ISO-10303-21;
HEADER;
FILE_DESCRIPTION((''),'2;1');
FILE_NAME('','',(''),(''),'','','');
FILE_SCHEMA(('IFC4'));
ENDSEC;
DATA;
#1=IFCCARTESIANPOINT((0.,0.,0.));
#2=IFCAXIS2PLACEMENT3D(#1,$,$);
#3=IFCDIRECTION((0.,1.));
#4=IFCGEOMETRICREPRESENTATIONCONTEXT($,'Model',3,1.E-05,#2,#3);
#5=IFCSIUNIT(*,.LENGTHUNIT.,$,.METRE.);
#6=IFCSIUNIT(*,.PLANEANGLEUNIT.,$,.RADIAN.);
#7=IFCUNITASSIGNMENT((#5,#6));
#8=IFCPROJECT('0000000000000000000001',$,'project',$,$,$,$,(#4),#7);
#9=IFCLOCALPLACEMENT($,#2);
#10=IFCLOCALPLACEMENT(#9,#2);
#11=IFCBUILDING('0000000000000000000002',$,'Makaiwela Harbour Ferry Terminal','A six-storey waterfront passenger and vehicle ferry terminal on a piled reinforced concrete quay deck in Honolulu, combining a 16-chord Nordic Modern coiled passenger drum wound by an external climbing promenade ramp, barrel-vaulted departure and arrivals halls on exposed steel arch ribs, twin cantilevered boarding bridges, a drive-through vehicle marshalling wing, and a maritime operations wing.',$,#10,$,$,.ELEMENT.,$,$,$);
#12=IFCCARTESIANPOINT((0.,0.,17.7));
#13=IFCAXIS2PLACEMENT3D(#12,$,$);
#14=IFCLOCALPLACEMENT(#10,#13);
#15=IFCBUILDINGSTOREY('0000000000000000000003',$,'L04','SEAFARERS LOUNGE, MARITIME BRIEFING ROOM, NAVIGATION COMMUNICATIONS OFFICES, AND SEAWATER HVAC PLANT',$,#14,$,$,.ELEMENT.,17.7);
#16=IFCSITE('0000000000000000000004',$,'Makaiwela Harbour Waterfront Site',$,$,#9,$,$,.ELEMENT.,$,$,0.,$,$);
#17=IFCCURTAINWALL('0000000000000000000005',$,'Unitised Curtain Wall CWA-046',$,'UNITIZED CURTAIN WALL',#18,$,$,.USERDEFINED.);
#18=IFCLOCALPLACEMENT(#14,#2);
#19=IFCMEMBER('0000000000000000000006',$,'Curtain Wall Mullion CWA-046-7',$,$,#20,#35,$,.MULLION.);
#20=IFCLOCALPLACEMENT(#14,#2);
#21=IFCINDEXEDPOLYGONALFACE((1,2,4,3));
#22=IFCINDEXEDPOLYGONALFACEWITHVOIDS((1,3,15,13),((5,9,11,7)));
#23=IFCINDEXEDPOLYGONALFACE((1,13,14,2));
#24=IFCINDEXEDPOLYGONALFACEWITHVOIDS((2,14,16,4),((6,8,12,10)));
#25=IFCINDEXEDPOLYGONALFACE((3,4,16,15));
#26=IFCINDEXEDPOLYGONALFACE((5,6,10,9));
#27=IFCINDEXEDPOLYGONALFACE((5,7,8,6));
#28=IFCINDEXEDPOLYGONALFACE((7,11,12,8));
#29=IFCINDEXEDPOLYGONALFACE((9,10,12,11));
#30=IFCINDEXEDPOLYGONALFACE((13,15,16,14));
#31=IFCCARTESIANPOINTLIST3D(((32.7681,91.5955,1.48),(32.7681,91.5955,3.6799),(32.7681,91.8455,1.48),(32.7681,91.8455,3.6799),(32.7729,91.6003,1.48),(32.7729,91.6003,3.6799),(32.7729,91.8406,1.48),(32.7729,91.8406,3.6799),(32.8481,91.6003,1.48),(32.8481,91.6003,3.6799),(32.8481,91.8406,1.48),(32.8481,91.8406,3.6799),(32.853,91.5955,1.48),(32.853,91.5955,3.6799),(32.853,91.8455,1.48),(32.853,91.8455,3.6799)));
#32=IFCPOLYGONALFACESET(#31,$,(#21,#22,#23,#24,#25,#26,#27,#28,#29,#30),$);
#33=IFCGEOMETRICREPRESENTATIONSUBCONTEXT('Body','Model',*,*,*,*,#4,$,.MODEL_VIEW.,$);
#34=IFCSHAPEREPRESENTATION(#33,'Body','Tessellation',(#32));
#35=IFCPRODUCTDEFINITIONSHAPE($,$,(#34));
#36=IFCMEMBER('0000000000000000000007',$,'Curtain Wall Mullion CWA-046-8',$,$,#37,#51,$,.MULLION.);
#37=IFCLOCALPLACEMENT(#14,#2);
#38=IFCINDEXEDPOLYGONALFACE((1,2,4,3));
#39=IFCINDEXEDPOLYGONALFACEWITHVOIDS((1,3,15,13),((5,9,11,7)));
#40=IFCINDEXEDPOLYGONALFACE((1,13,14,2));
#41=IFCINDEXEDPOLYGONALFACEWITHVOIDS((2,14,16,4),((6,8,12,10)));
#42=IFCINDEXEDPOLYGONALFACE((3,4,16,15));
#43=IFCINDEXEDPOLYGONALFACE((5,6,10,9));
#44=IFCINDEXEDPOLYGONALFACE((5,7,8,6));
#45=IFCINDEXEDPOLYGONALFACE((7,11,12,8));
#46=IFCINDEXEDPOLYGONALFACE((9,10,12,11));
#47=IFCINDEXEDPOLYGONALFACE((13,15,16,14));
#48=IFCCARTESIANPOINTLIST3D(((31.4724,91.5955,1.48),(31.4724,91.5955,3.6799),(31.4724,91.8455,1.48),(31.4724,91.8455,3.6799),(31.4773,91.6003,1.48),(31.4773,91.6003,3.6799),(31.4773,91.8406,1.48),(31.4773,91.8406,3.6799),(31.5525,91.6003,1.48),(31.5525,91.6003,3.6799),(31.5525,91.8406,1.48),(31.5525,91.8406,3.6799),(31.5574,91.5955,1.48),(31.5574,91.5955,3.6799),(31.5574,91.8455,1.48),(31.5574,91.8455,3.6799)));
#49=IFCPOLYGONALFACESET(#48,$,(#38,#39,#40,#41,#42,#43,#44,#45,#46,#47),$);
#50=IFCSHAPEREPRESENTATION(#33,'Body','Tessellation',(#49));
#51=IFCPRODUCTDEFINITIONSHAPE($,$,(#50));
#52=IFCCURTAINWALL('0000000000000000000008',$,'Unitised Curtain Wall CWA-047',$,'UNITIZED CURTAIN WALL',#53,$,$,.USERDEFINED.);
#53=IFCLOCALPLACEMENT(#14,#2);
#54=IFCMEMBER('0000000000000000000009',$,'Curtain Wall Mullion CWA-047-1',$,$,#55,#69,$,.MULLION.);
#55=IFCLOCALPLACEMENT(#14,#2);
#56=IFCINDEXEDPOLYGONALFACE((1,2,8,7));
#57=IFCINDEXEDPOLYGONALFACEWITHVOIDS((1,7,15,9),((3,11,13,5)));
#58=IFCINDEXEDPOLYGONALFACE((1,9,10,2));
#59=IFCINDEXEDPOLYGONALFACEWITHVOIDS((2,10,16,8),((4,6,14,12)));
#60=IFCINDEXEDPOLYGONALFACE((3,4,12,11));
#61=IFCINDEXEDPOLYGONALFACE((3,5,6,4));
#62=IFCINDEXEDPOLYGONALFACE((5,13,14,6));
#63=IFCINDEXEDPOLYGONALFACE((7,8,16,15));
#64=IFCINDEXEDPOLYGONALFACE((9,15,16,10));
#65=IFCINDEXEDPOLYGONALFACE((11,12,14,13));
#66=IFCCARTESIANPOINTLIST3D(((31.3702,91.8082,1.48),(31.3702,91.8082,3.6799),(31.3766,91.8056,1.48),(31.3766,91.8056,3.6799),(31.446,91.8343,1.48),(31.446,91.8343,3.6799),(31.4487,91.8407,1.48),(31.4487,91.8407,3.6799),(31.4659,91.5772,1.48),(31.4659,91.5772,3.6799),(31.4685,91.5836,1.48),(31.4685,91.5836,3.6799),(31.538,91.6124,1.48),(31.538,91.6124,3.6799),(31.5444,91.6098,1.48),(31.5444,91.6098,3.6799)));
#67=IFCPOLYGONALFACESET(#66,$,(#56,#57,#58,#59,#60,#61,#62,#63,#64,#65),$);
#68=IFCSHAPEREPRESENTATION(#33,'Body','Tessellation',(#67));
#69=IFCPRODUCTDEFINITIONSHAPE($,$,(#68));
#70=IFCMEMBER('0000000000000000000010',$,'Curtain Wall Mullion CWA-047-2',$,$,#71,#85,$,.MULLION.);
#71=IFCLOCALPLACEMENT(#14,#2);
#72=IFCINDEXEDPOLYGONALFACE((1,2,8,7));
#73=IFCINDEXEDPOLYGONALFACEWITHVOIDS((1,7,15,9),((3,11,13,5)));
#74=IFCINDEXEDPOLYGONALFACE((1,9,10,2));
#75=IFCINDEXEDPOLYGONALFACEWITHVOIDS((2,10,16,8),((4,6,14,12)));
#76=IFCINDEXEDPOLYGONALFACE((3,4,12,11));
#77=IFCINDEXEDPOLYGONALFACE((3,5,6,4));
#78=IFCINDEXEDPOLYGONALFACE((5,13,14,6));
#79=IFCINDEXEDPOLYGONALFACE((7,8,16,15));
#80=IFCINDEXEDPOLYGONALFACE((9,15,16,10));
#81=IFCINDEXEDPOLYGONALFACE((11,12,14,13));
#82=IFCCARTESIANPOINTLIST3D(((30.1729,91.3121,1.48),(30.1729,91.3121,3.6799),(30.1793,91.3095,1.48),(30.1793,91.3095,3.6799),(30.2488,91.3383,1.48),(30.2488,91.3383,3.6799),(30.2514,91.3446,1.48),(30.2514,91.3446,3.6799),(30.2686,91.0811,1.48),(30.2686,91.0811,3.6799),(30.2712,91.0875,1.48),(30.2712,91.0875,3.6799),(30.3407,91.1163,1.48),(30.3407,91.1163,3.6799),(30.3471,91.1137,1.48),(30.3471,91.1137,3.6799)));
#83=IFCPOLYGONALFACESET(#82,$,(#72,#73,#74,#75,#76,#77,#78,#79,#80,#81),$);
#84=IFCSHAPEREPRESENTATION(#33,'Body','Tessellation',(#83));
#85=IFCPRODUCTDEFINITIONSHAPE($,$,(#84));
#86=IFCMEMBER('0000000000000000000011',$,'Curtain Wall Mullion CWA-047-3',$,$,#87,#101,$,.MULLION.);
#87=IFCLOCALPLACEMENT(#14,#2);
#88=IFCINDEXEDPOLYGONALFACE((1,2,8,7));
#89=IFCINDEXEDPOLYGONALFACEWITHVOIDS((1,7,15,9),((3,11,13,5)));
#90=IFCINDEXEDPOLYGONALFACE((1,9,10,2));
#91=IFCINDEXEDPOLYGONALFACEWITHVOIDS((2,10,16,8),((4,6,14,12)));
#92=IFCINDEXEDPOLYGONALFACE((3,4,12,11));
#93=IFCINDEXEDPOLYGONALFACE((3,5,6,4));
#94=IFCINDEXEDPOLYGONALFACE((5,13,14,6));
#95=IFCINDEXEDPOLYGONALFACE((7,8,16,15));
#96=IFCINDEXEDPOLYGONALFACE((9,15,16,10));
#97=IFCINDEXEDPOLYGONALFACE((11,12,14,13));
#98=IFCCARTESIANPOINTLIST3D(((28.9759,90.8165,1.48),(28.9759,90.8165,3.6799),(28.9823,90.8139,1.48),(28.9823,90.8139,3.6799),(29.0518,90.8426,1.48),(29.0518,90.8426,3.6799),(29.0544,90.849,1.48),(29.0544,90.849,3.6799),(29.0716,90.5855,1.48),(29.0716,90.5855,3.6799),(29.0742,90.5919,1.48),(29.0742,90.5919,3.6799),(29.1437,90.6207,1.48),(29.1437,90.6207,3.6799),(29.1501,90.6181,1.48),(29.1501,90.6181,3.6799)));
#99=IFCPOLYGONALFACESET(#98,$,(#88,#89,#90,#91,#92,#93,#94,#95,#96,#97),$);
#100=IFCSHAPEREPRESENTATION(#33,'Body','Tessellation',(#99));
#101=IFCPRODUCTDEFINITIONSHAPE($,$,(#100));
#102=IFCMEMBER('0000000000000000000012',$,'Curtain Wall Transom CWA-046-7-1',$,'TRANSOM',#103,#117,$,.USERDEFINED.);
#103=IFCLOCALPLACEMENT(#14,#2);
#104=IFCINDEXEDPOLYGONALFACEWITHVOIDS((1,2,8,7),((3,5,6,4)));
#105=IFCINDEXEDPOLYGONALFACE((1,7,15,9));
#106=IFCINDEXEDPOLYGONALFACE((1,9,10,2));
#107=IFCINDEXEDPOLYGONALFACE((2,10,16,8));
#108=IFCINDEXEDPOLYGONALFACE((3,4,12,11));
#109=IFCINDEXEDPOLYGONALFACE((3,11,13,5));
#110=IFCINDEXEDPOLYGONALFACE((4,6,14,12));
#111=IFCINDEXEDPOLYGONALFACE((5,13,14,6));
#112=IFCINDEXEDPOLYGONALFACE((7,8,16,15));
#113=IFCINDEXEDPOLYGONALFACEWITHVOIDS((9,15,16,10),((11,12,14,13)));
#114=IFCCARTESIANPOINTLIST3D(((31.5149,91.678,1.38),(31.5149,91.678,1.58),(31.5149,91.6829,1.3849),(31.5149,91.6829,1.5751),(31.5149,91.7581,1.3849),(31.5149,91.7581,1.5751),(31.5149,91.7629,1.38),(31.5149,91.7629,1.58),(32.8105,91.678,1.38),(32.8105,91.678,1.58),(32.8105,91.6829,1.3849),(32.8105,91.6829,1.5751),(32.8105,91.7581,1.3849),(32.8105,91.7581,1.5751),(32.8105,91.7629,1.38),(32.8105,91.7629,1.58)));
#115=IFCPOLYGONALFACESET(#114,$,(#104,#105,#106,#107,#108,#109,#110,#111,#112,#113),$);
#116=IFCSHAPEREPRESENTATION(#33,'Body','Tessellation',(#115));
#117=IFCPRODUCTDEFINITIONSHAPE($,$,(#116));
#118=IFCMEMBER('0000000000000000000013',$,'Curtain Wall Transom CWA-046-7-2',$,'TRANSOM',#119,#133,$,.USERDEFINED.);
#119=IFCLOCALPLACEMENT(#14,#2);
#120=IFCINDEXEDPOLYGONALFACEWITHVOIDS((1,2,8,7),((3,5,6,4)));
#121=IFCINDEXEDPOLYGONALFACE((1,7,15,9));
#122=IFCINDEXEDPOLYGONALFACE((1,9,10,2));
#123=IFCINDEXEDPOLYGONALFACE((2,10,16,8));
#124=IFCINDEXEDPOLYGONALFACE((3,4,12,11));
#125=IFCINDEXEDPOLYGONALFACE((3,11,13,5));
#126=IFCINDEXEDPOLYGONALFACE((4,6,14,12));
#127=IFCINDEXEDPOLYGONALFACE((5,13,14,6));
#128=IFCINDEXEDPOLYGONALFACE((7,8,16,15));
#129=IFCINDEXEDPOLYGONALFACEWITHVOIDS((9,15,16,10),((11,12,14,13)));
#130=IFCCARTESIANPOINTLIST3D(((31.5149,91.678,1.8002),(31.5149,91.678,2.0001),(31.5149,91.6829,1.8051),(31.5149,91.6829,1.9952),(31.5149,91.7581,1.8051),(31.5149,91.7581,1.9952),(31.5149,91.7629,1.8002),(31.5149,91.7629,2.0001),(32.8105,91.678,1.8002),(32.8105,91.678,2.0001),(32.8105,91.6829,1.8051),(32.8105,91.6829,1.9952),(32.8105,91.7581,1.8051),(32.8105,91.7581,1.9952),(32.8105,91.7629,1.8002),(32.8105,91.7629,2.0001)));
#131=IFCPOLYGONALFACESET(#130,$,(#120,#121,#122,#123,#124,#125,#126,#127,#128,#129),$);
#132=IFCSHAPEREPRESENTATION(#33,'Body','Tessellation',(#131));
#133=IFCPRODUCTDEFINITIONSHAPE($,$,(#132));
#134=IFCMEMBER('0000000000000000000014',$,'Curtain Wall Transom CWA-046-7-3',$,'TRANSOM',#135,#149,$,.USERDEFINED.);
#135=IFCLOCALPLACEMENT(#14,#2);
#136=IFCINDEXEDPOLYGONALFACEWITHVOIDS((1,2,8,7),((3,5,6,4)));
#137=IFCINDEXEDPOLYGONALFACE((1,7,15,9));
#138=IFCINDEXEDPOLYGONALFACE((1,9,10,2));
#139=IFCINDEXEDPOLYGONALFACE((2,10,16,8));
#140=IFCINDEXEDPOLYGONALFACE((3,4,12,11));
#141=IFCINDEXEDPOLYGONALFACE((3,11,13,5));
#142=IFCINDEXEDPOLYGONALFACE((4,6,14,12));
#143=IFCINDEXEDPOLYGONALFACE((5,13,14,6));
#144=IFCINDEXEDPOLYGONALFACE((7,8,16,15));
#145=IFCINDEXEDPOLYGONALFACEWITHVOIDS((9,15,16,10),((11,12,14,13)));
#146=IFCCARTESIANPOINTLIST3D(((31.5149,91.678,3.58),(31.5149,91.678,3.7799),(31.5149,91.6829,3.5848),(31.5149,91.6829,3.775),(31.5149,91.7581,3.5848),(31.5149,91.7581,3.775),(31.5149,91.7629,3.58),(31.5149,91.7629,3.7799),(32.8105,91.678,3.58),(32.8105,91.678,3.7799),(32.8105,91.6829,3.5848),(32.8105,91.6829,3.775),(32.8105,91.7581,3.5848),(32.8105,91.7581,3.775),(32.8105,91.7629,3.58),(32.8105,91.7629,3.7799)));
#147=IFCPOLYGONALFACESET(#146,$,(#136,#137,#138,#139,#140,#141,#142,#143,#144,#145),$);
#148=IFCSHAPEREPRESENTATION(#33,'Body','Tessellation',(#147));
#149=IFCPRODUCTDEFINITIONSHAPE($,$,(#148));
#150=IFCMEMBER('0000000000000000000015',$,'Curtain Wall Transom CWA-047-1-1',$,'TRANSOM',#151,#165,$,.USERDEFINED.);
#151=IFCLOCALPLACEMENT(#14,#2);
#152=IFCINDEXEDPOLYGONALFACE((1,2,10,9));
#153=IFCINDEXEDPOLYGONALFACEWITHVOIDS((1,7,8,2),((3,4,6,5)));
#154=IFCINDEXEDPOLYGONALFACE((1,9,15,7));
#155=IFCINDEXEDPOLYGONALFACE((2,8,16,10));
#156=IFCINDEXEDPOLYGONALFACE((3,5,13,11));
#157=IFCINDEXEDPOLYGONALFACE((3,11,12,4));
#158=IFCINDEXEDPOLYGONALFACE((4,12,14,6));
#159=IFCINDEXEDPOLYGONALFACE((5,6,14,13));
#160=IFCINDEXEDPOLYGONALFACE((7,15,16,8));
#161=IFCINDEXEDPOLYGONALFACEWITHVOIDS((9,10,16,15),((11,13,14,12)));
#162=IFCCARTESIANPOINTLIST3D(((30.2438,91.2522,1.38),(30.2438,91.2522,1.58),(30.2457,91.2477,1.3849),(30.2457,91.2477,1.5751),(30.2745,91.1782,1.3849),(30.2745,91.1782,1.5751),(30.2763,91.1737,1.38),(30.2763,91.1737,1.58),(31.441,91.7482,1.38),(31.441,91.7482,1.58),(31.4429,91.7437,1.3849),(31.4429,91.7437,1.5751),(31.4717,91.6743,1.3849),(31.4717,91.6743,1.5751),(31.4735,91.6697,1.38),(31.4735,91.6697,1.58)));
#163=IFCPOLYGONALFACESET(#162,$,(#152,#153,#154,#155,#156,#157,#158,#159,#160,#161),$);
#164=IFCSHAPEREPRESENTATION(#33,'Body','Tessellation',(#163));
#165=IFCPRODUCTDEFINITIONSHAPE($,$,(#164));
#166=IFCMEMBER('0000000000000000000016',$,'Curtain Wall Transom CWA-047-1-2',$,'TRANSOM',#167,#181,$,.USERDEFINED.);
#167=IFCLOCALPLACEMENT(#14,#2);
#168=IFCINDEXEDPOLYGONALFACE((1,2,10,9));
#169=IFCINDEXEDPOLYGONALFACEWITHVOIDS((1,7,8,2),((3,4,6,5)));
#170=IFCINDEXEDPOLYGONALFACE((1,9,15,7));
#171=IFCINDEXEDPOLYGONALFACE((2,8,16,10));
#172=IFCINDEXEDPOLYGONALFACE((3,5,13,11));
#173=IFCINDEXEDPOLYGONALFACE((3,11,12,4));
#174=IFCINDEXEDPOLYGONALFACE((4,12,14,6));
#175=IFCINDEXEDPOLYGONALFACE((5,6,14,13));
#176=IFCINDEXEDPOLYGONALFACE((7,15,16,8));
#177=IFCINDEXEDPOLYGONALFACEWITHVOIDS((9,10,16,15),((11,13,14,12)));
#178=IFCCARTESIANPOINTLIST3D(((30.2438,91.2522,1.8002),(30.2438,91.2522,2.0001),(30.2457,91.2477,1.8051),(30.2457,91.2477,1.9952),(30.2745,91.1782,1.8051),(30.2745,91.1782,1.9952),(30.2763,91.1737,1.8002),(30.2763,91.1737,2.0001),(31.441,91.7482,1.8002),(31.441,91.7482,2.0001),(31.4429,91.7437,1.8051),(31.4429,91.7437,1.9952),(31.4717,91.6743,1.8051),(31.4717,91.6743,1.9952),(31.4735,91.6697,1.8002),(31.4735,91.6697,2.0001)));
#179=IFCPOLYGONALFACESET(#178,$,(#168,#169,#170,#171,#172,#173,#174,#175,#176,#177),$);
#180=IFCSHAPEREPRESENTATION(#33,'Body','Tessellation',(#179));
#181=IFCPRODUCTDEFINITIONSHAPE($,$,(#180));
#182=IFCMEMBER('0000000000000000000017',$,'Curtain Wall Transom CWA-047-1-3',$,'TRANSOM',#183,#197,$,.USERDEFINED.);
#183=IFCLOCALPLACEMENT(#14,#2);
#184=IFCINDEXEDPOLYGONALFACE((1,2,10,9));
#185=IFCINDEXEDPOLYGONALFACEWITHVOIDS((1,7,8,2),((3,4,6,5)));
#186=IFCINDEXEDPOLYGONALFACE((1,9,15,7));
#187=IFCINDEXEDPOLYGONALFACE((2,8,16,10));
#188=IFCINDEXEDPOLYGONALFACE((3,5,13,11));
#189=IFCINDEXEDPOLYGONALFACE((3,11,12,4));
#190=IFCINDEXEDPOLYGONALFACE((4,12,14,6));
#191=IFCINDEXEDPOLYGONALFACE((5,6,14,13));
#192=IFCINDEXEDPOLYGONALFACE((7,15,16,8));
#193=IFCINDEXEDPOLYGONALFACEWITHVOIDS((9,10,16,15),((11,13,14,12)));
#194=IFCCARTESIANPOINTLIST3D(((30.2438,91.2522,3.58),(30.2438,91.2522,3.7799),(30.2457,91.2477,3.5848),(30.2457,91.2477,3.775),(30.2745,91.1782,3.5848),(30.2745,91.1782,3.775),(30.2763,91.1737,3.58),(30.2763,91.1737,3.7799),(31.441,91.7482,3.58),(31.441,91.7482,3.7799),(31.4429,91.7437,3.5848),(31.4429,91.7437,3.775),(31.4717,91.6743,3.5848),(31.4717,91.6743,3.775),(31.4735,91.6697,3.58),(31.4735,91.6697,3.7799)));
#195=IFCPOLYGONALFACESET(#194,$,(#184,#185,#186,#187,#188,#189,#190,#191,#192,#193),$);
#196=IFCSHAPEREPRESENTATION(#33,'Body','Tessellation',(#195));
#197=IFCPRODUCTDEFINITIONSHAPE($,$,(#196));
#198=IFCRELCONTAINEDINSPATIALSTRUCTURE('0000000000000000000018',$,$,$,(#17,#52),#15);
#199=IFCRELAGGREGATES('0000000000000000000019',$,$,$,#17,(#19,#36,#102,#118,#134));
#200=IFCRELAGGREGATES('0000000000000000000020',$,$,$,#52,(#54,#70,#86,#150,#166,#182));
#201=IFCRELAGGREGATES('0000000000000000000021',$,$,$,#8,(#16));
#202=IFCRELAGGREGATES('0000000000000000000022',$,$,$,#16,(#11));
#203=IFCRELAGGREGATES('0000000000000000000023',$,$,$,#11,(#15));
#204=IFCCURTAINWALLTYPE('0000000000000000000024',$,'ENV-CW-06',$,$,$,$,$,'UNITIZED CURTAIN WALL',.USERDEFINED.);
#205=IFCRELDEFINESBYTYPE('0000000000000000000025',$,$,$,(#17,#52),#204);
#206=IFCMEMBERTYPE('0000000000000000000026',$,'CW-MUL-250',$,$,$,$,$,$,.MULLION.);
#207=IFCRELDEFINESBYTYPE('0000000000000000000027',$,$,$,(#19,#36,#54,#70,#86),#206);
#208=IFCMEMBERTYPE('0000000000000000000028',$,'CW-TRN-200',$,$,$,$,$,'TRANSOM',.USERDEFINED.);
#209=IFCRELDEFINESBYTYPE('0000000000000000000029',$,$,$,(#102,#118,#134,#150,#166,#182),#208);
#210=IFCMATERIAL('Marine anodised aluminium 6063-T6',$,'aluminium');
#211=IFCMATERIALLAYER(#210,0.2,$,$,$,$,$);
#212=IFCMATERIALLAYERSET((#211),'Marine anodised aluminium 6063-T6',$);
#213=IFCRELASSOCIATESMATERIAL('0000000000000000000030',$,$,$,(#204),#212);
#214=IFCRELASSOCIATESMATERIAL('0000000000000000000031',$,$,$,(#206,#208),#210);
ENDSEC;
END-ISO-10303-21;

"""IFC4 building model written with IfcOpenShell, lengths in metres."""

from ifc_helpers import new_model, si_unit, direction, frame, origin, origin_2d, place, context, subcontext, project, spatial, hollow_rectangle, extrude, material, layer, layer_set, material_profile, profile_set, type_object, element, aggregate, save


model = new_model("IFC4")

# Units and contexts
model_context = context("Model", 3, precision=1e-05, world=origin(), true_north=direction((0.0, 1.0)))
body_context = subcontext(model_context, "Body", "Model", "MODEL_VIEW")
ifc_project = project(units=[si_unit("LENGTHUNIT", "METRE"), si_unit("PLANEANGLEUNIT", "RADIAN")], contexts=[model_context])

# Site, building, storey
site_placement = place(None, origin())
site = spatial("IfcSite", under=ifc_project, at=site_placement, Name="Makaiwela Harbour Waterfront Site", CompositionType="ELEMENT", RefElevation=0.0)
building_placement = place(site_placement, origin())
building = spatial("IfcBuilding", under=site, at=building_placement, Name="Makaiwela Harbour Ferry Terminal", Description="A six-storey waterfront passenger and vehicle ferry terminal on a piled reinforced concrete quay deck in Honolulu, combining a 16-chord Nordic Modern coiled passenger drum wound by an external climbing promenade ramp, barrel-vaulted departure and arrivals halls on exposed steel arch ribs, twin cantilevered boarding bridges, a drive-through vehicle marshalling wing, and a maritime operations wing.", CompositionType="ELEMENT")
storey_placement = place(building_placement, frame((0.0, 0.0, 17.7)))
storey = spatial("IfcBuildingStorey", under=building, at=storey_placement, Name="L04", Description="SEAFARERS LOUNGE, MARITIME BRIEFING ROOM, NAVIGATION COMMUNICATIONS OFFICES, AND SEAWATER HVAC PLANT", CompositionType="ELEMENT", Elevation=17.7)

# Curtain walls, members
ifc_material_1 = material(Name="Marine anodised aluminium 6063-T6", Category="aluminium")
ifc_layer_1 = layer(ifc_material_1, 0.2)
ifc_layer_set_1 = layer_set([ifc_layer_1], Name="Marine anodised aluminium 6063-T6")
curtain_wall_type = type_object("IfcCurtainWallType", Name="ENV-CW-06", ElementType="UNITIZED CURTAIN WALL", PredefinedType="USERDEFINED", material=ifc_layer_set_1)
curtain_wall_1_placement = place(storey_placement, origin())
curtain_wall_1 = element("IfcCurtainWall", 1, at=curtain_wall_1_placement, inside=storey, type_object=curtain_wall_type, Name="Unitised Curtain Wall CWA-046", ObjectType="UNITIZED CURTAIN WALL", PredefinedType="USERDEFINED")
ifc_material_profile_1 = material_profile(ifc_material_1, hollow_rectangle(XDim=0.085, YDim=0.25, WallThickness=0.0049, at=origin_2d()), Name="CWM-250X85")
ifc_profile_set_1 = profile_set([ifc_material_profile_1], Name="Marine anodised aluminium 6063-T6")
member_type_1 = type_object("IfcMemberType", Name="CW-MUL-250", PredefinedType="MULLION", material=ifc_profile_set_1)
member_1_placement = place(storey_placement, frame((32.8105, 91.7205, 1.48), z_axis=(0.0, 0.0, 1.0), x_axis=(1.0, 0.0, 0.0)))
member_1 = element("IfcMember", 2, at=member_1_placement, type_object=member_type_1, Name="Curtain Wall Mullion CWA-046-7", PredefinedType="MULLION", context=body_context, shape_type="SweptSolid", body=[
    extrude(hollow_rectangle(XDim=0.085, YDim=0.25, WallThickness=0.0049, at=origin_2d()), origin(), (0.0, 0.0, 1.0), 2.2),
])
member_2_placement = place(storey_placement, frame((31.5149, 91.7205, 1.48), z_axis=(0.0, 0.0, 1.0), x_axis=(1.0, 0.0, 0.0)))
member_2 = element("IfcMember", 3, at=member_2_placement, type_object=member_type_1, Name="Curtain Wall Mullion CWA-046-8", PredefinedType="MULLION", context=body_context, shape_type="SweptSolid", body=[
    extrude(hollow_rectangle(XDim=0.085, YDim=0.25, WallThickness=0.0049, at=origin_2d()), origin(), (0.0, 0.0, 1.0), 2.2),
])
curtain_wall_2_placement = place(storey_placement, origin())
curtain_wall_2 = element("IfcCurtainWall", 4, at=curtain_wall_2_placement, inside=storey, type_object=curtain_wall_type, Name="Unitised Curtain Wall CWA-047", ObjectType="UNITIZED CURTAIN WALL", PredefinedType="USERDEFINED")
member_3_placement = place(storey_placement, frame((31.4573, 91.709, 1.48), z_axis=(0.0, 0.0, 1.0), x_axis=(0.92388, 0.382683, 0.0)))
member_3 = element("IfcMember", 5, at=member_3_placement, type_object=member_type_1, Name="Curtain Wall Mullion CWA-047-1", PredefinedType="MULLION", context=body_context, shape_type="SweptSolid", body=[
    extrude(hollow_rectangle(XDim=0.085, YDim=0.25, WallThickness=0.0049, at=origin_2d()), origin(), (0.0, 0.0, 1.0), 2.2),
])
member_4_placement = place(storey_placement, frame((30.26, 91.2129, 1.48), z_axis=(0.0, 0.0, 1.0), x_axis=(0.92388, 0.382683, 0.0)))
member_4 = element("IfcMember", 6, at=member_4_placement, type_object=member_type_1, Name="Curtain Wall Mullion CWA-047-2", PredefinedType="MULLION", context=body_context, shape_type="SweptSolid", body=[
    extrude(hollow_rectangle(XDim=0.085, YDim=0.25, WallThickness=0.0049, at=origin_2d()), origin(), (0.0, 0.0, 1.0), 2.2),
])
member_5_placement = place(storey_placement, frame((29.063, 90.7173, 1.48), z_axis=(0.0, 0.0, 1.0), x_axis=(0.92388, 0.382683, 0.0)))
member_5 = element("IfcMember", 7, at=member_5_placement, type_object=member_type_1, Name="Curtain Wall Mullion CWA-047-3", PredefinedType="MULLION", context=body_context, shape_type="SweptSolid", body=[
    extrude(hollow_rectangle(XDim=0.085, YDim=0.25, WallThickness=0.0049, at=origin_2d()), origin(), (0.0, 0.0, 1.0), 2.2),
])

# Members
ifc_material_profile_2 = material_profile(ifc_material_1, hollow_rectangle(XDim=0.085, YDim=0.2, WallThickness=0.0049, at=origin_2d()), Name="CWT-200X85")
ifc_profile_set_2 = profile_set([ifc_material_profile_2], Name="Marine anodised aluminium 6063-T6")
member_type_2 = type_object("IfcMemberType", Name="CW-TRN-200", ElementType="TRANSOM", PredefinedType="USERDEFINED", material=ifc_profile_set_2)
member_6_placement = place(storey_placement, frame((32.8105, 91.7205, 1.48), z_axis=(-1.0, 0.0, 0.0), x_axis=(0.0, -1.0, 0.0)))
member_6 = element("IfcMember", 8, at=member_6_placement, type_object=member_type_2, Name="Curtain Wall Transom CWA-046-7-1", ObjectType="TRANSOM", PredefinedType="USERDEFINED", context=body_context, shape_type="SweptSolid", body=[
    extrude(hollow_rectangle(XDim=0.085, YDim=0.2, WallThickness=0.0049, at=origin_2d()), origin(), (0.0, 0.0, 1.0), 1.2957),
])
member_7_placement = place(storey_placement, frame((32.8105, 91.7205, 1.9001), z_axis=(-1.0, 0.0, 0.0), x_axis=(0.0, -1.0, 0.0)))
member_7 = element("IfcMember", 9, at=member_7_placement, type_object=member_type_2, Name="Curtain Wall Transom CWA-046-7-2", ObjectType="TRANSOM", PredefinedType="USERDEFINED", context=body_context, shape_type="SweptSolid", body=[
    extrude(hollow_rectangle(XDim=0.085, YDim=0.2, WallThickness=0.0049, at=origin_2d()), origin(), (0.0, 0.0, 1.0), 1.2957),
])
member_8_placement = place(storey_placement, frame((32.8105, 91.7205, 3.6799), z_axis=(-1.0, 0.0, 0.0), x_axis=(0.0, -1.0, 0.0)))
member_8 = element("IfcMember", 10, at=member_8_placement, type_object=member_type_2, Name="Curtain Wall Transom CWA-046-7-3", ObjectType="TRANSOM", PredefinedType="USERDEFINED", context=body_context, shape_type="SweptSolid", body=[
    extrude(hollow_rectangle(XDim=0.085, YDim=0.2, WallThickness=0.0049, at=origin_2d()), origin(), (0.0, 0.0, 1.0), 1.2957),
])
member_9_placement = place(storey_placement, frame((31.4573, 91.709, 1.48), z_axis=(-0.923833, -0.382795, 0.0), x_axis=(0.382795, -0.923833, 0.0)))
member_9 = element("IfcMember", 11, at=member_9_placement, type_object=member_type_2, Name="Curtain Wall Transom CWA-047-1-1", ObjectType="TRANSOM", PredefinedType="USERDEFINED", context=body_context, shape_type="SweptSolid", body=[
    extrude(hollow_rectangle(XDim=0.085, YDim=0.2, WallThickness=0.0049, at=origin_2d()), origin(), (0.0, 0.0, 1.0), 1.2959),
])
member_10_placement = place(storey_placement, frame((31.4573, 91.709, 1.9001), z_axis=(-0.923833, -0.382795, 0.0), x_axis=(0.382795, -0.923833, 0.0)))
member_10 = element("IfcMember", 12, at=member_10_placement, type_object=member_type_2, Name="Curtain Wall Transom CWA-047-1-2", ObjectType="TRANSOM", PredefinedType="USERDEFINED", context=body_context, shape_type="SweptSolid", body=[
    extrude(hollow_rectangle(XDim=0.085, YDim=0.2, WallThickness=0.0049, at=origin_2d()), origin(), (0.0, 0.0, 1.0), 1.2959),
])
member_11_placement = place(storey_placement, frame((31.4573, 91.709, 3.6799), z_axis=(-0.923833, -0.382795, 0.0), x_axis=(0.382795, -0.923833, 0.0)))
member_11 = element("IfcMember", 13, at=member_11_placement, type_object=member_type_2, Name="Curtain Wall Transom CWA-047-1-3", ObjectType="TRANSOM", PredefinedType="USERDEFINED", context=body_context, shape_type="SweptSolid", body=[
    extrude(hollow_rectangle(XDim=0.085, YDim=0.2, WallThickness=0.0049, at=origin_2d()), origin(), (0.0, 0.0, 1.0), 1.2959),
])

aggregate(curtain_wall_1, [member_1, member_2, member_6, member_7, member_8])
aggregate(curtain_wall_2, [member_3, member_4, member_5, member_9, member_10, member_11])

save(model, "model.ifc")
